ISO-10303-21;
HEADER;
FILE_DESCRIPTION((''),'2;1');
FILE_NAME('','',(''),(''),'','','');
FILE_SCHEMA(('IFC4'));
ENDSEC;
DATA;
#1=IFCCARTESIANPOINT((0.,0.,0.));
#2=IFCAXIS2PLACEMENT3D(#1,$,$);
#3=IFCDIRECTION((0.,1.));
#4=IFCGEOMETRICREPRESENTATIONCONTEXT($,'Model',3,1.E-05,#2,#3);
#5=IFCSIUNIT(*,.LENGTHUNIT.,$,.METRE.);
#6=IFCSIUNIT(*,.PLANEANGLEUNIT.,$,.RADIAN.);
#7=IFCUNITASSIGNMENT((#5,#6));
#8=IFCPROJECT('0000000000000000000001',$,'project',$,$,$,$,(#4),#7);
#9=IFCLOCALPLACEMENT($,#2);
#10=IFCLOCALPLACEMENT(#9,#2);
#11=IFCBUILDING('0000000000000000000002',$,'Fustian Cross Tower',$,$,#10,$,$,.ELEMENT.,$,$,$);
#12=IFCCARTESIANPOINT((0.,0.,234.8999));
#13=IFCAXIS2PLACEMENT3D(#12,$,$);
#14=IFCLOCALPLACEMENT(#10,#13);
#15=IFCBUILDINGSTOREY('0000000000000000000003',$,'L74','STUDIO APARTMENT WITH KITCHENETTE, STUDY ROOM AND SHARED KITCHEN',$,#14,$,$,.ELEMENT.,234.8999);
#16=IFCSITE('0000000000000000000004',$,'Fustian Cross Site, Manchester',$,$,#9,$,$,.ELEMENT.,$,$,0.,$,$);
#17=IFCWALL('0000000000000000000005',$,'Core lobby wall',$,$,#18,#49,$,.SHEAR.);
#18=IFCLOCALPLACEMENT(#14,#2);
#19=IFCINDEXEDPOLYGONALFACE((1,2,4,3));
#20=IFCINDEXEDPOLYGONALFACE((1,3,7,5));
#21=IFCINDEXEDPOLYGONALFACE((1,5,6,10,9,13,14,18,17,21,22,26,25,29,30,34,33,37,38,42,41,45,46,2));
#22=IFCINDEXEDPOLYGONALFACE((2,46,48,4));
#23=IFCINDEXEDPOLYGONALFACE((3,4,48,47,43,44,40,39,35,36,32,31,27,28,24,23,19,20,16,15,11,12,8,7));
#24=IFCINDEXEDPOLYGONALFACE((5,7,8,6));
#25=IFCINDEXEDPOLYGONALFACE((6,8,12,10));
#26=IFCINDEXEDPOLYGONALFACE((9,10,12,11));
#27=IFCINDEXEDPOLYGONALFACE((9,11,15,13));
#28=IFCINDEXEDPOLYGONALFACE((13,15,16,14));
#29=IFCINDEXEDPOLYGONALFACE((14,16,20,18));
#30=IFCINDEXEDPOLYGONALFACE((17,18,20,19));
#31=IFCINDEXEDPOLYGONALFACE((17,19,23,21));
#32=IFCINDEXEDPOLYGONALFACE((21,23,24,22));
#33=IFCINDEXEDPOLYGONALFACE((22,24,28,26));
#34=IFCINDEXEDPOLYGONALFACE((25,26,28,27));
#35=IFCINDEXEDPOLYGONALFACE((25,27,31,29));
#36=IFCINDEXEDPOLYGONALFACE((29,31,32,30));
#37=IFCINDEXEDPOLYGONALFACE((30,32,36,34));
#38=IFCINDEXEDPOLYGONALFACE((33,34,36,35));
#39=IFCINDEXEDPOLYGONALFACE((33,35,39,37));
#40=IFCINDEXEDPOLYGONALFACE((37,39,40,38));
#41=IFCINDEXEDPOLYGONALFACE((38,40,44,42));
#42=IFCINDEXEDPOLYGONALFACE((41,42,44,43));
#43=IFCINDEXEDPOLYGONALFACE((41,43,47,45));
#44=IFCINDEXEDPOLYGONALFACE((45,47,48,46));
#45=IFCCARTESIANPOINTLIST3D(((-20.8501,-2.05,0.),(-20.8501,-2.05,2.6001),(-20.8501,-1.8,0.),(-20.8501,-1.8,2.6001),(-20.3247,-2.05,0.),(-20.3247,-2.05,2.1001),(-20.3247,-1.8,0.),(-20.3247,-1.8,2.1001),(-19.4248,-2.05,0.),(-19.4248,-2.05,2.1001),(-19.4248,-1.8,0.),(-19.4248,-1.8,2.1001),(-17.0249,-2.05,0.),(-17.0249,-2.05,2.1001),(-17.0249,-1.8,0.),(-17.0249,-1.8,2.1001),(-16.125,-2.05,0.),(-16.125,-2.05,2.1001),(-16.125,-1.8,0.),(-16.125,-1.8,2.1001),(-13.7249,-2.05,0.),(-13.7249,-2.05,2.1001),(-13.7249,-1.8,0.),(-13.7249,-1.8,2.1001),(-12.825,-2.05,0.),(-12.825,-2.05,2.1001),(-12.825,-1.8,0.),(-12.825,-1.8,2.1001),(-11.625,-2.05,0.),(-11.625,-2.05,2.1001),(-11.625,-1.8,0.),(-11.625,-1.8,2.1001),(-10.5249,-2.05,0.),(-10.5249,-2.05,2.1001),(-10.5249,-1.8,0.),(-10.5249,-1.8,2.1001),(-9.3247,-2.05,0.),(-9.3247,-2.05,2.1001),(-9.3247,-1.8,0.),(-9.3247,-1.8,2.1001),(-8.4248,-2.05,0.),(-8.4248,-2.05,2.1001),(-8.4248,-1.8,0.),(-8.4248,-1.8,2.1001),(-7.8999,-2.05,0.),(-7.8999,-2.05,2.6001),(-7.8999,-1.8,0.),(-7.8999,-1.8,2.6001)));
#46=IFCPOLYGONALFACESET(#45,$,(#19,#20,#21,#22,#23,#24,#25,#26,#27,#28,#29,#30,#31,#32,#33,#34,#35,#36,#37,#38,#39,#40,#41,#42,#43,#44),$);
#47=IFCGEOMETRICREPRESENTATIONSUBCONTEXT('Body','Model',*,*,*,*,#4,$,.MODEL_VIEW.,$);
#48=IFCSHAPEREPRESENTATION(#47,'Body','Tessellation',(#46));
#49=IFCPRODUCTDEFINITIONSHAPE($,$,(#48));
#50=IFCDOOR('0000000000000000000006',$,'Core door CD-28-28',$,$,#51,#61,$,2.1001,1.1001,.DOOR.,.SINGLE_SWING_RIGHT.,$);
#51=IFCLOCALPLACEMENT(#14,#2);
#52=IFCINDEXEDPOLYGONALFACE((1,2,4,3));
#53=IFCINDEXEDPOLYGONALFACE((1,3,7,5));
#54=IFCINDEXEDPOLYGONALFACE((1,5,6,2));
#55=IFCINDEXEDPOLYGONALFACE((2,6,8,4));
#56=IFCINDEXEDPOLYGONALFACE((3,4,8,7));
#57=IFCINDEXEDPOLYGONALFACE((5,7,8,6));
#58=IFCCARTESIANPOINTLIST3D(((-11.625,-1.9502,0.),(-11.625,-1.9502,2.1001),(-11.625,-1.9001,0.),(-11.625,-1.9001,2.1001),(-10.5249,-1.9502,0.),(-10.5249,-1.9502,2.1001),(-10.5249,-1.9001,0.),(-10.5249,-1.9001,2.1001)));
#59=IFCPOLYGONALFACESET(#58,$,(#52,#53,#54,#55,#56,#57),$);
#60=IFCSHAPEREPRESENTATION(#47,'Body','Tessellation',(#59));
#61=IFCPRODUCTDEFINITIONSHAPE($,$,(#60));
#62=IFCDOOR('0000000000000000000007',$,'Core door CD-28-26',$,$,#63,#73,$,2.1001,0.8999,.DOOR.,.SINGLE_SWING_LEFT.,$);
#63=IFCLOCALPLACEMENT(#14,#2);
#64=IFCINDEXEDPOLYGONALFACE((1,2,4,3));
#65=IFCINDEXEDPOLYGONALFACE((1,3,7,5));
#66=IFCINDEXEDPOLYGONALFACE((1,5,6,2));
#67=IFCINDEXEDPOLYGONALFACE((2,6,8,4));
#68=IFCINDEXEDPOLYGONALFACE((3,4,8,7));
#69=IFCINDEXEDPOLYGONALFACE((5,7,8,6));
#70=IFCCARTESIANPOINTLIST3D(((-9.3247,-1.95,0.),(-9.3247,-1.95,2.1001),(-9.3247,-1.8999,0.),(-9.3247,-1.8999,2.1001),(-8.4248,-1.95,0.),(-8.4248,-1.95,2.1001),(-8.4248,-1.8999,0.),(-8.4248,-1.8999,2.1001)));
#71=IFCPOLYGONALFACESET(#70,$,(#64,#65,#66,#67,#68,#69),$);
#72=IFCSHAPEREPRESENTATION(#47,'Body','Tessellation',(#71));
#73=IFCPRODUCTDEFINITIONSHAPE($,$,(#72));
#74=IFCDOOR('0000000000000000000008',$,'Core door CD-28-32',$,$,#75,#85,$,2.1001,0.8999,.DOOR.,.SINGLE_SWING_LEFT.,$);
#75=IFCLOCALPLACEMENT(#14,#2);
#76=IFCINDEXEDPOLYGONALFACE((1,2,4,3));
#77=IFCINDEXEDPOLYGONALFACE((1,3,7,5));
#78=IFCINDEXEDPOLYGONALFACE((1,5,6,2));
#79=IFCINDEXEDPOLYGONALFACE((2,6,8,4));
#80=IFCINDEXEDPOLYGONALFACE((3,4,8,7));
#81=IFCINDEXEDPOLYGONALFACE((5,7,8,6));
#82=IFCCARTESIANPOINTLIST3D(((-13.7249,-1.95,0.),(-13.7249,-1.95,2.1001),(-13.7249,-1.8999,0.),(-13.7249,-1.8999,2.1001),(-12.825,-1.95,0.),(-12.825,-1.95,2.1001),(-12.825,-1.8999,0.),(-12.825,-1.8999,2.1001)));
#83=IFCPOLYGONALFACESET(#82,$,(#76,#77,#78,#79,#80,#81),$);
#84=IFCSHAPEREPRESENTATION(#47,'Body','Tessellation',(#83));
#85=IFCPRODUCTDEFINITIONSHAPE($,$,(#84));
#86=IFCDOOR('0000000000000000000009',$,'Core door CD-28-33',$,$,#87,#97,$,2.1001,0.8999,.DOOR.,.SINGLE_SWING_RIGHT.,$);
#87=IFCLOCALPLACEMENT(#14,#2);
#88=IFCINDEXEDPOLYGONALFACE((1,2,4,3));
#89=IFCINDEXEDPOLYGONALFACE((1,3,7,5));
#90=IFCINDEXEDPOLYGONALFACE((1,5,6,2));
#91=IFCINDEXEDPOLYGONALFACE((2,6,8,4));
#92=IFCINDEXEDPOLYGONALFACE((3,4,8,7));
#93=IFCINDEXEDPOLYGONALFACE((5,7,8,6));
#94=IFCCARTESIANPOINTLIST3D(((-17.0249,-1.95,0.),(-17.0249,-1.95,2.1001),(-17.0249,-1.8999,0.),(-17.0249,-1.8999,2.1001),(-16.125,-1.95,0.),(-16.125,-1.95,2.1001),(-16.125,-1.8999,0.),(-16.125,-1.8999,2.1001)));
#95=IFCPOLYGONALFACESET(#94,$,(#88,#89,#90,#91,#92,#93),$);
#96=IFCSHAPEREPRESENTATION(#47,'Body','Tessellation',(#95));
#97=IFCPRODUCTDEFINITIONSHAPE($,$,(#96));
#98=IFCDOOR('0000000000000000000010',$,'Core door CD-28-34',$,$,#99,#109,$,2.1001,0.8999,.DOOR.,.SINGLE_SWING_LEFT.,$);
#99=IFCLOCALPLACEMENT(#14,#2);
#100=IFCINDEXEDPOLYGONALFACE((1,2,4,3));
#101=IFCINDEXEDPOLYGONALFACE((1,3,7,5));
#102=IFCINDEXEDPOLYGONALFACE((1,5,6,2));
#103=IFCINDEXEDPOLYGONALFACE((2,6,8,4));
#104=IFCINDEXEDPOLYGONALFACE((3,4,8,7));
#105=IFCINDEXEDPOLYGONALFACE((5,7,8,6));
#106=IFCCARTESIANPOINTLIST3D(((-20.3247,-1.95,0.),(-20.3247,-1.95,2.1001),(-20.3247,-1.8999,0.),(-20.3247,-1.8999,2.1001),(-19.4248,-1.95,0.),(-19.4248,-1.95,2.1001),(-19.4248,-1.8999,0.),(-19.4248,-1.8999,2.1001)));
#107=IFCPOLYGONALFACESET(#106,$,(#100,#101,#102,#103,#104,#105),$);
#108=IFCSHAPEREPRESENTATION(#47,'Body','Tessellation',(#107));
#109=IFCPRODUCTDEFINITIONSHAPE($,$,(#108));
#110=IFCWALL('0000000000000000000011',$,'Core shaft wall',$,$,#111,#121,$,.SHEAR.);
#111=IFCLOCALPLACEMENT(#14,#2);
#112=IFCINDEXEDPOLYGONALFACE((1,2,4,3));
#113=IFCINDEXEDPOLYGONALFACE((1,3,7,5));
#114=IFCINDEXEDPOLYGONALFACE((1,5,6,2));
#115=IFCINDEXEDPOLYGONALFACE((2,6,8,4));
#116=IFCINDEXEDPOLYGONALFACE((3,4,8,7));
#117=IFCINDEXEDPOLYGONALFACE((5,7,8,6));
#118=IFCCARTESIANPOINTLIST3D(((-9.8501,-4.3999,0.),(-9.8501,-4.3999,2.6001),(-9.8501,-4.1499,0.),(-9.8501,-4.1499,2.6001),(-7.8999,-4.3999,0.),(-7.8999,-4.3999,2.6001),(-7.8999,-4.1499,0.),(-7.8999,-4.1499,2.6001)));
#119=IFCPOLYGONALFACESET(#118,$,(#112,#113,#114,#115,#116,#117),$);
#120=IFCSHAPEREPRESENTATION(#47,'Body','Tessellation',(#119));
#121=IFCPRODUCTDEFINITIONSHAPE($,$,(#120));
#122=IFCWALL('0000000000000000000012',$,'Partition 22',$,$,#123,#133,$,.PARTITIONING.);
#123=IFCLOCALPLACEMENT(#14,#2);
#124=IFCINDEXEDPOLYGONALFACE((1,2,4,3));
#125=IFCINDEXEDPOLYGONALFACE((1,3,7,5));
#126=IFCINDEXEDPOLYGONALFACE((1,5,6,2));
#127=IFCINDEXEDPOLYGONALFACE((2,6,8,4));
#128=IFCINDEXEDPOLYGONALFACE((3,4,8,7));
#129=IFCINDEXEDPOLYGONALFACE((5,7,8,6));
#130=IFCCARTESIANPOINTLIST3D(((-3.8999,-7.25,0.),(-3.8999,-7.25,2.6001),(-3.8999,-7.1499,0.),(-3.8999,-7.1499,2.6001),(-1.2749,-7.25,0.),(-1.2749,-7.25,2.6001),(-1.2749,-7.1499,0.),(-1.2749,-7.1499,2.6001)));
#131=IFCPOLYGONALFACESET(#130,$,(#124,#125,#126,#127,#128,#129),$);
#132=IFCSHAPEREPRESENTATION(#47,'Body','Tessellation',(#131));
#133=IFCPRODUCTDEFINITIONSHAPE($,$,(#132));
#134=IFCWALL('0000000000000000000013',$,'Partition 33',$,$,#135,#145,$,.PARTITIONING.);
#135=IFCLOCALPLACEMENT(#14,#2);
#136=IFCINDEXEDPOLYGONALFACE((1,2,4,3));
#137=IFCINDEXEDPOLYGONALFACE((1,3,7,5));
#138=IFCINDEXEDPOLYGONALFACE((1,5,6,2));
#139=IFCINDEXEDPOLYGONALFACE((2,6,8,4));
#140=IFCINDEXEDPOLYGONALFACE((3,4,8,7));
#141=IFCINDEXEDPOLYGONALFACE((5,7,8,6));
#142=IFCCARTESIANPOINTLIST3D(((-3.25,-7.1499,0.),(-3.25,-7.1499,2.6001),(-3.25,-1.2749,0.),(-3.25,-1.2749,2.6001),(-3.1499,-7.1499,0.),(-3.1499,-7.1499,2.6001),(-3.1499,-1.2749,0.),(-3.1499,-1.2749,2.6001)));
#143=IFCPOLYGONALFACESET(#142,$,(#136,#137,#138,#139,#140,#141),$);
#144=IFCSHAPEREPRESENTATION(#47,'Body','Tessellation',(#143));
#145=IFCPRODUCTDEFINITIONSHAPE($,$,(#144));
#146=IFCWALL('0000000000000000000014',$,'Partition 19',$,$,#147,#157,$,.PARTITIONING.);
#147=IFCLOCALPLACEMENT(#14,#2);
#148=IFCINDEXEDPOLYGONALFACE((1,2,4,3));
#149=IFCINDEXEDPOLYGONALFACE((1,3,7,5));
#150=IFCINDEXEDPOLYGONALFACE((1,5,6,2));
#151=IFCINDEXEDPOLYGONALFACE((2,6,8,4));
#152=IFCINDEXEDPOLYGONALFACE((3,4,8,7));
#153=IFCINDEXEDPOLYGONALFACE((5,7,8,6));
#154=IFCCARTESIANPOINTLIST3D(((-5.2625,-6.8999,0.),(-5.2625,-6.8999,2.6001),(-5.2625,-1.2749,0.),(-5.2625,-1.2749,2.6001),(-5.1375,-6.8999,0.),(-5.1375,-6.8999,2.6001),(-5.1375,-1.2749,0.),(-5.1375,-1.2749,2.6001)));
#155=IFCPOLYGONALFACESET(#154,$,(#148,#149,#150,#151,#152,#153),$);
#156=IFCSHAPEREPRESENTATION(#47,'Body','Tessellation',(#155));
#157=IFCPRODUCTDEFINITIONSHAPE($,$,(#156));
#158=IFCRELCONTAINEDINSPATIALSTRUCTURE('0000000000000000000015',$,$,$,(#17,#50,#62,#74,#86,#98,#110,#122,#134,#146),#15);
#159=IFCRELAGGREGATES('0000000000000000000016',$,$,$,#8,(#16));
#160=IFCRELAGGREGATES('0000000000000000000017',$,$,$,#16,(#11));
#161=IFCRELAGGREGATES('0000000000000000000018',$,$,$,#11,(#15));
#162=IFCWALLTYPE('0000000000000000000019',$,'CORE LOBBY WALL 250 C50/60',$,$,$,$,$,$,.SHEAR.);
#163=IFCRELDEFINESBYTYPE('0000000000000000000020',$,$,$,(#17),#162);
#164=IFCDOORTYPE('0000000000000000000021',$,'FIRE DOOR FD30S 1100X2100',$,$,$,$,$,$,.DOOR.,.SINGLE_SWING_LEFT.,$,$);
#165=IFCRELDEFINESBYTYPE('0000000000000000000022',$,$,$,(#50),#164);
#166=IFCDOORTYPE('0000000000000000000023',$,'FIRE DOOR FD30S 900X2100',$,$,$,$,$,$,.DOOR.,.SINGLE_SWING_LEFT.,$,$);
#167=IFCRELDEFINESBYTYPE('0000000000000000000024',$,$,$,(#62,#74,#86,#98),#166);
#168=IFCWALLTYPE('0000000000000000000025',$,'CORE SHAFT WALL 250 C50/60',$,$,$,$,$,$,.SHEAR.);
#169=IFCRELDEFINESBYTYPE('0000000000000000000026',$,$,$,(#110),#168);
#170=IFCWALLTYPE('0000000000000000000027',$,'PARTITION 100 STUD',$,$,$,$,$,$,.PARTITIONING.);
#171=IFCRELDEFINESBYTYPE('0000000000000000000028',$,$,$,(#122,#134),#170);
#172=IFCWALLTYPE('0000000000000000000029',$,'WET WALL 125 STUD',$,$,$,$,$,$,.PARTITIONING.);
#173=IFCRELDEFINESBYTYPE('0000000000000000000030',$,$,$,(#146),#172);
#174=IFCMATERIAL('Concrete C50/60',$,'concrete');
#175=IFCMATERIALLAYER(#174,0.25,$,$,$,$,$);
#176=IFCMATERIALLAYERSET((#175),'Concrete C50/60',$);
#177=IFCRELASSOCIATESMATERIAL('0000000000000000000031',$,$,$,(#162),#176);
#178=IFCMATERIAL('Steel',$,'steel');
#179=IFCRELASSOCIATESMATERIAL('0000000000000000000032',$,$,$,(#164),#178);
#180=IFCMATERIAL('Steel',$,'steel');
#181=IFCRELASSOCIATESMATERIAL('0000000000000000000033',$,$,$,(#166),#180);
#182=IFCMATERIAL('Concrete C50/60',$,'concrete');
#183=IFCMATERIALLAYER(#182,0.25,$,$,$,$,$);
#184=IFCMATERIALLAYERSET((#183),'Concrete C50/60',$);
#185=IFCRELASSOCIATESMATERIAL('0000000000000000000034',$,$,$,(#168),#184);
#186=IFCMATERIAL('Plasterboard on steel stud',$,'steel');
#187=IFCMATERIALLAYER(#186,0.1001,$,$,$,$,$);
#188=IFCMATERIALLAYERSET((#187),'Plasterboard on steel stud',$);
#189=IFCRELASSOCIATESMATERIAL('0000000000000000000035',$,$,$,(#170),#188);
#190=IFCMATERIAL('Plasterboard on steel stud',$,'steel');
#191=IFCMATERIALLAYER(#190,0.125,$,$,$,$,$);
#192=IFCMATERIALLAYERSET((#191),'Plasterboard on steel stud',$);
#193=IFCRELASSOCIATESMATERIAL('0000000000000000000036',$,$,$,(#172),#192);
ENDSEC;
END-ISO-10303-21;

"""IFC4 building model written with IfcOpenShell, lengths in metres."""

from ifc_helpers import new_model, si_unit, direction, frame, frame_2d, origin, place, context, subcontext, project, spatial, rectangle, extrude, material, layer, layer_set, type_object, element, fill, save


model = new_model("IFC4")

# Units and contexts
model_context = context("Model", 3, precision=1e-05, world=origin(), true_north=direction((0.0, 1.0)))
body_context = subcontext(model_context, "Body", "Model", "MODEL_VIEW")
ifc_project = project(units=[si_unit("LENGTHUNIT", "METRE"), si_unit("PLANEANGLEUNIT", "RADIAN")], contexts=[model_context])

# Site, building, storey
site_placement = place(None, origin())
site = spatial("IfcSite", under=ifc_project, at=site_placement, Name="Fustian Cross Site, Manchester", CompositionType="ELEMENT", RefElevation=0.0)
building_placement = place(site_placement, origin())
building = spatial("IfcBuilding", under=site, at=building_placement, Name="Fustian Cross Tower", CompositionType="ELEMENT")
storey_placement = place(building_placement, frame((0.0, 0.0, 234.8999)))
storey = spatial("IfcBuildingStorey", under=building, at=storey_placement, Name="L74", Description="STUDIO APARTMENT WITH KITCHENETTE, STUDY ROOM AND SHARED KITCHEN", CompositionType="ELEMENT", Elevation=234.8999)

# Wall, openings, doors
ifc_material_1 = material(Name="Concrete C50/60", Category="concrete")
ifc_layer_1 = layer(ifc_material_1, 0.25)
ifc_layer_set_1 = layer_set([ifc_layer_1], Name="Concrete C50/60")
wall_type_1 = type_object("IfcWallType", Name="CORE LOBBY WALL 250 C50/60", PredefinedType="SHEAR", material=ifc_layer_set_1)
wall_1_placement = place(storey_placement, frame((-7.8999, -1.925, 0.0), z_axis=(0.0, 0.0, 1.0), x_axis=(-1.0, 0.0, 0.0)))
wall_1 = element("IfcWall", 1, at=wall_1_placement, inside=storey, type_object=wall_type_1, Name="Core lobby wall", PredefinedType="SHEAR", context=body_context, shape_type="SweptSolid", body=[
    extrude(rectangle(XDim=12.9502, YDim=0.25, at=frame_2d((6.4751, 0.0))), origin(), (0.0, 0.0, 1.0), 2.6001),
])
opening_1_placement = place(wall_1_placement, frame((0.5249, 0.0, 0.0)))
opening_1 = element("IfcOpeningElement", 2, at=opening_1_placement, cuts=wall_1, PredefinedType="OPENING", context=body_context, shape_type="SweptSolid", body=[
    extrude(rectangle(XDim=0.8999, YDim=2.1001, at=frame_2d((0.45, 1.05))), frame((0.0, 0.135, 0.0), z_axis=(0.0, -1.0, 0.0), x_axis=(1.0, 0.0, 0.0)), (0.0, 0.0, 1.0), 0.27),
])
opening_2_placement = place(wall_1_placement, frame((2.625, 0.0, 0.0)))
opening_2 = element("IfcOpeningElement", 3, at=opening_2_placement, cuts=wall_1, PredefinedType="OPENING", context=body_context, shape_type="SweptSolid", body=[
    extrude(rectangle(XDim=1.1001, YDim=2.1001, at=frame_2d((0.55, 1.05))), frame((0.0, 0.135, 0.0), z_axis=(0.0, -1.0, 0.0), x_axis=(1.0, 0.0, 0.0)), (0.0, 0.0, 1.0), 0.27),
])
opening_3_placement = place(wall_1_placement, frame((4.925, 0.0, 0.0)))
opening_3 = element("IfcOpeningElement", 4, at=opening_3_placement, cuts=wall_1, PredefinedType="OPENING", context=body_context, shape_type="SweptSolid", body=[
    extrude(rectangle(XDim=0.8999, YDim=2.1001, at=frame_2d((0.45, 1.05))), frame((0.0, 0.135, 0.0), z_axis=(0.0, -1.0, 0.0), x_axis=(1.0, 0.0, 0.0)), (0.0, 0.0, 1.0), 0.27),
])
opening_4_placement = place(wall_1_placement, frame((8.2251, 0.0, 0.0)))
opening_4 = element("IfcOpeningElement", 5, at=opening_4_placement, cuts=wall_1, PredefinedType="OPENING", context=body_context, shape_type="SweptSolid", body=[
    extrude(rectangle(XDim=0.8999, YDim=2.1001, at=frame_2d((0.45, 1.05))), frame((0.0, 0.135, 0.0), z_axis=(0.0, -1.0, 0.0), x_axis=(1.0, 0.0, 0.0)), (0.0, 0.0, 1.0), 0.27),
])
opening_5_placement = place(wall_1_placement, frame((11.5249, 0.0, 0.0)))
opening_5 = element("IfcOpeningElement", 6, at=opening_5_placement, cuts=wall_1, PredefinedType="OPENING", context=body_context, shape_type="SweptSolid", body=[
    extrude(rectangle(XDim=0.8999, YDim=2.1001, at=frame_2d((0.45, 1.05))), frame((0.0, 0.135, 0.0), z_axis=(0.0, -1.0, 0.0), x_axis=(1.0, 0.0, 0.0)), (0.0, 0.0, 1.0), 0.27),
])
ifc_material_2 = material(Name="Steel", Category="steel")
door_type_1 = type_object("IfcDoorType", Name="FIRE DOOR FD30S 1100X2100", OperationType="SINGLE_SWING_LEFT", PredefinedType="DOOR", material=ifc_material_2)
door_1_placement = place(opening_2_placement, frame((1.1001, 0.0, 0.0), z_axis=(0.0, 0.0, 1.0), x_axis=(-1.0, 0.0, 0.0)))
door_1 = element("IfcDoor", 7, at=door_1_placement, inside=storey, type_object=door_type_1, Name="Core door CD-28-28", OperationType="SINGLE_SWING_RIGHT", OverallHeight=2.1001, OverallWidth=1.1001, PredefinedType="DOOR", context=body_context, shape_type="SweptSolid", body=[
    extrude(rectangle(XDim=1.1001, YDim=2.1001, at=frame_2d((0.55, 1.05))), frame((0.0, 0.0249, 0.0), z_axis=(0.0, -1.0, 0.0), x_axis=(1.0, 0.0, 0.0)), (0.0, 0.0, 1.0), 0.05),
])
fill(opening_2, door_1)
ifc_material_3 = material(Name="Steel", Category="steel")
door_type_2 = type_object("IfcDoorType", Name="FIRE DOOR FD30S 900X2100", OperationType="SINGLE_SWING_LEFT", PredefinedType="DOOR", material=ifc_material_3)
door_2_placement = place(opening_1_placement, origin())
door_2 = element("IfcDoor", 8, at=door_2_placement, inside=storey, type_object=door_type_2, Name="Core door CD-28-26", OperationType="SINGLE_SWING_LEFT", OverallHeight=2.1001, OverallWidth=0.8999, PredefinedType="DOOR", context=body_context, shape_type="SweptSolid", body=[
    extrude(rectangle(XDim=0.8999, YDim=2.1001, at=frame_2d((0.45, 1.05))), frame((0.0, 0.0249, 0.0), z_axis=(0.0, -1.0, 0.0), x_axis=(1.0, 0.0, 0.0)), (0.0, 0.0, 1.0), 0.05),
])
fill(opening_1, door_2)
door_3_placement = place(opening_3_placement, origin())
door_3 = element("IfcDoor", 9, at=door_3_placement, inside=storey, type_object=door_type_2, Name="Core door CD-28-32", OperationType="SINGLE_SWING_LEFT", OverallHeight=2.1001, OverallWidth=0.8999, PredefinedType="DOOR", context=body_context, shape_type="SweptSolid", body=[
    extrude(rectangle(XDim=0.8999, YDim=2.1001, at=frame_2d((0.45, 1.05))), frame((0.0, 0.0249, 0.0), z_axis=(0.0, -1.0, 0.0), x_axis=(1.0, 0.0, 0.0)), (0.0, 0.0, 1.0), 0.05),
])
fill(opening_3, door_3)
door_4_placement = place(opening_4_placement, origin())
door_4 = element("IfcDoor", 10, at=door_4_placement, inside=storey, type_object=door_type_2, Name="Core door CD-28-33", OperationType="SINGLE_SWING_RIGHT", OverallHeight=2.1001, OverallWidth=0.8999, PredefinedType="DOOR", context=body_context, shape_type="SweptSolid", body=[
    extrude(rectangle(XDim=0.8999, YDim=2.1001, at=frame_2d((0.45, 1.05))), frame((0.0, 0.0249, 0.0), z_axis=(0.0, -1.0, 0.0), x_axis=(1.0, 0.0, 0.0)), (0.0, 0.0, 1.0), 0.05),
])
fill(opening_4, door_4)
door_5_placement = place(opening_5_placement, origin())
door_5 = element("IfcDoor", 11, at=door_5_placement, inside=storey, type_object=door_type_2, Name="Core door CD-28-34", OperationType="SINGLE_SWING_LEFT", OverallHeight=2.1001, OverallWidth=0.8999, PredefinedType="DOOR", context=body_context, shape_type="SweptSolid", body=[
    extrude(rectangle(XDim=0.8999, YDim=2.1001, at=frame_2d((0.45, 1.05))), frame((0.0, 0.0249, 0.0), z_axis=(0.0, -1.0, 0.0), x_axis=(1.0, 0.0, 0.0)), (0.0, 0.0, 1.0), 0.05),
])
fill(opening_5, door_5)

# Walls
ifc_material_4 = material(Name="Concrete C50/60", Category="concrete")
ifc_layer_2 = layer(ifc_material_4, 0.25)
ifc_layer_set_2 = layer_set([ifc_layer_2], Name="Concrete C50/60")
wall_type_2 = type_object("IfcWallType", Name="CORE SHAFT WALL 250 C50/60", PredefinedType="SHEAR", material=ifc_layer_set_2)
wall_2_placement = place(storey_placement, frame((-7.8999, -4.2749, 0.0), z_axis=(0.0, 0.0, 1.0), x_axis=(-1.0, 0.0, 0.0)))
element("IfcWall", 12, at=wall_2_placement, inside=storey, type_object=wall_type_2, Name="Core shaft wall", PredefinedType="SHEAR", context=body_context, shape_type="SweptSolid", body=[
    extrude(rectangle(XDim=1.9502, YDim=0.25, at=frame_2d((0.9751, 0.0))), origin(), (0.0, 0.0, 1.0), 2.6001),
])
ifc_material_5 = material(Name="Plasterboard on steel stud", Category="steel")
ifc_layer_3 = layer(ifc_material_5, 0.1001)
ifc_layer_set_3 = layer_set([ifc_layer_3], Name="Plasterboard on steel stud")
wall_type_3 = type_object("IfcWallType", Name="PARTITION 100 STUD", PredefinedType="PARTITIONING", material=ifc_layer_set_3)
wall_3_placement = place(storey_placement, frame((-3.8999, -7.2, 0.0), z_axis=(0.0, 0.0, 1.0), x_axis=(1.0, 0.0, 0.0)))
element("IfcWall", 13, at=wall_3_placement, inside=storey, type_object=wall_type_3, Name="Partition 22", PredefinedType="PARTITIONING", context=body_context, shape_type="SweptSolid", body=[
    extrude(rectangle(XDim=2.625, YDim=0.1001, at=frame_2d((1.3125, 0.0))), origin(), (0.0, 0.0, 1.0), 2.6001),
])
wall_4_placement = place(storey_placement, frame((-3.2, -7.1499, 0.0), z_axis=(0.0, 0.0, 1.0), x_axis=(0.0, 1.0, 0.0)))
element("IfcWall", 14, at=wall_4_placement, inside=storey, type_object=wall_type_3, Name="Partition 33", PredefinedType="PARTITIONING", context=body_context, shape_type="SweptSolid", body=[
    extrude(rectangle(XDim=5.875, YDim=0.1001, at=frame_2d((2.9375, 0.0))), origin(), (0.0, 0.0, 1.0), 2.6001),
])
ifc_material_6 = material(Name="Plasterboard on steel stud", Category="steel")
ifc_layer_4 = layer(ifc_material_6, 0.125)
ifc_layer_set_4 = layer_set([ifc_layer_4], Name="Plasterboard on steel stud")
wall_type_4 = type_object("IfcWallType", Name="WET WALL 125 STUD", PredefinedType="PARTITIONING", material=ifc_layer_set_4)
wall_5_placement = place(storey_placement, frame((-5.2, -6.8999, 0.0), z_axis=(0.0, 0.0, 1.0), x_axis=(0.0, 1.0, 0.0)))
element("IfcWall", 15, at=wall_5_placement, inside=storey, type_object=wall_type_4, Name="Partition 19", PredefinedType="PARTITIONING", context=body_context, shape_type="SweptSolid", body=[
    extrude(rectangle(XDim=5.625, YDim=0.125, at=frame_2d((2.8125, 0.0))), origin(), (0.0, 0.0, 1.0), 2.6001),
])

save(model, "model.ifc")
